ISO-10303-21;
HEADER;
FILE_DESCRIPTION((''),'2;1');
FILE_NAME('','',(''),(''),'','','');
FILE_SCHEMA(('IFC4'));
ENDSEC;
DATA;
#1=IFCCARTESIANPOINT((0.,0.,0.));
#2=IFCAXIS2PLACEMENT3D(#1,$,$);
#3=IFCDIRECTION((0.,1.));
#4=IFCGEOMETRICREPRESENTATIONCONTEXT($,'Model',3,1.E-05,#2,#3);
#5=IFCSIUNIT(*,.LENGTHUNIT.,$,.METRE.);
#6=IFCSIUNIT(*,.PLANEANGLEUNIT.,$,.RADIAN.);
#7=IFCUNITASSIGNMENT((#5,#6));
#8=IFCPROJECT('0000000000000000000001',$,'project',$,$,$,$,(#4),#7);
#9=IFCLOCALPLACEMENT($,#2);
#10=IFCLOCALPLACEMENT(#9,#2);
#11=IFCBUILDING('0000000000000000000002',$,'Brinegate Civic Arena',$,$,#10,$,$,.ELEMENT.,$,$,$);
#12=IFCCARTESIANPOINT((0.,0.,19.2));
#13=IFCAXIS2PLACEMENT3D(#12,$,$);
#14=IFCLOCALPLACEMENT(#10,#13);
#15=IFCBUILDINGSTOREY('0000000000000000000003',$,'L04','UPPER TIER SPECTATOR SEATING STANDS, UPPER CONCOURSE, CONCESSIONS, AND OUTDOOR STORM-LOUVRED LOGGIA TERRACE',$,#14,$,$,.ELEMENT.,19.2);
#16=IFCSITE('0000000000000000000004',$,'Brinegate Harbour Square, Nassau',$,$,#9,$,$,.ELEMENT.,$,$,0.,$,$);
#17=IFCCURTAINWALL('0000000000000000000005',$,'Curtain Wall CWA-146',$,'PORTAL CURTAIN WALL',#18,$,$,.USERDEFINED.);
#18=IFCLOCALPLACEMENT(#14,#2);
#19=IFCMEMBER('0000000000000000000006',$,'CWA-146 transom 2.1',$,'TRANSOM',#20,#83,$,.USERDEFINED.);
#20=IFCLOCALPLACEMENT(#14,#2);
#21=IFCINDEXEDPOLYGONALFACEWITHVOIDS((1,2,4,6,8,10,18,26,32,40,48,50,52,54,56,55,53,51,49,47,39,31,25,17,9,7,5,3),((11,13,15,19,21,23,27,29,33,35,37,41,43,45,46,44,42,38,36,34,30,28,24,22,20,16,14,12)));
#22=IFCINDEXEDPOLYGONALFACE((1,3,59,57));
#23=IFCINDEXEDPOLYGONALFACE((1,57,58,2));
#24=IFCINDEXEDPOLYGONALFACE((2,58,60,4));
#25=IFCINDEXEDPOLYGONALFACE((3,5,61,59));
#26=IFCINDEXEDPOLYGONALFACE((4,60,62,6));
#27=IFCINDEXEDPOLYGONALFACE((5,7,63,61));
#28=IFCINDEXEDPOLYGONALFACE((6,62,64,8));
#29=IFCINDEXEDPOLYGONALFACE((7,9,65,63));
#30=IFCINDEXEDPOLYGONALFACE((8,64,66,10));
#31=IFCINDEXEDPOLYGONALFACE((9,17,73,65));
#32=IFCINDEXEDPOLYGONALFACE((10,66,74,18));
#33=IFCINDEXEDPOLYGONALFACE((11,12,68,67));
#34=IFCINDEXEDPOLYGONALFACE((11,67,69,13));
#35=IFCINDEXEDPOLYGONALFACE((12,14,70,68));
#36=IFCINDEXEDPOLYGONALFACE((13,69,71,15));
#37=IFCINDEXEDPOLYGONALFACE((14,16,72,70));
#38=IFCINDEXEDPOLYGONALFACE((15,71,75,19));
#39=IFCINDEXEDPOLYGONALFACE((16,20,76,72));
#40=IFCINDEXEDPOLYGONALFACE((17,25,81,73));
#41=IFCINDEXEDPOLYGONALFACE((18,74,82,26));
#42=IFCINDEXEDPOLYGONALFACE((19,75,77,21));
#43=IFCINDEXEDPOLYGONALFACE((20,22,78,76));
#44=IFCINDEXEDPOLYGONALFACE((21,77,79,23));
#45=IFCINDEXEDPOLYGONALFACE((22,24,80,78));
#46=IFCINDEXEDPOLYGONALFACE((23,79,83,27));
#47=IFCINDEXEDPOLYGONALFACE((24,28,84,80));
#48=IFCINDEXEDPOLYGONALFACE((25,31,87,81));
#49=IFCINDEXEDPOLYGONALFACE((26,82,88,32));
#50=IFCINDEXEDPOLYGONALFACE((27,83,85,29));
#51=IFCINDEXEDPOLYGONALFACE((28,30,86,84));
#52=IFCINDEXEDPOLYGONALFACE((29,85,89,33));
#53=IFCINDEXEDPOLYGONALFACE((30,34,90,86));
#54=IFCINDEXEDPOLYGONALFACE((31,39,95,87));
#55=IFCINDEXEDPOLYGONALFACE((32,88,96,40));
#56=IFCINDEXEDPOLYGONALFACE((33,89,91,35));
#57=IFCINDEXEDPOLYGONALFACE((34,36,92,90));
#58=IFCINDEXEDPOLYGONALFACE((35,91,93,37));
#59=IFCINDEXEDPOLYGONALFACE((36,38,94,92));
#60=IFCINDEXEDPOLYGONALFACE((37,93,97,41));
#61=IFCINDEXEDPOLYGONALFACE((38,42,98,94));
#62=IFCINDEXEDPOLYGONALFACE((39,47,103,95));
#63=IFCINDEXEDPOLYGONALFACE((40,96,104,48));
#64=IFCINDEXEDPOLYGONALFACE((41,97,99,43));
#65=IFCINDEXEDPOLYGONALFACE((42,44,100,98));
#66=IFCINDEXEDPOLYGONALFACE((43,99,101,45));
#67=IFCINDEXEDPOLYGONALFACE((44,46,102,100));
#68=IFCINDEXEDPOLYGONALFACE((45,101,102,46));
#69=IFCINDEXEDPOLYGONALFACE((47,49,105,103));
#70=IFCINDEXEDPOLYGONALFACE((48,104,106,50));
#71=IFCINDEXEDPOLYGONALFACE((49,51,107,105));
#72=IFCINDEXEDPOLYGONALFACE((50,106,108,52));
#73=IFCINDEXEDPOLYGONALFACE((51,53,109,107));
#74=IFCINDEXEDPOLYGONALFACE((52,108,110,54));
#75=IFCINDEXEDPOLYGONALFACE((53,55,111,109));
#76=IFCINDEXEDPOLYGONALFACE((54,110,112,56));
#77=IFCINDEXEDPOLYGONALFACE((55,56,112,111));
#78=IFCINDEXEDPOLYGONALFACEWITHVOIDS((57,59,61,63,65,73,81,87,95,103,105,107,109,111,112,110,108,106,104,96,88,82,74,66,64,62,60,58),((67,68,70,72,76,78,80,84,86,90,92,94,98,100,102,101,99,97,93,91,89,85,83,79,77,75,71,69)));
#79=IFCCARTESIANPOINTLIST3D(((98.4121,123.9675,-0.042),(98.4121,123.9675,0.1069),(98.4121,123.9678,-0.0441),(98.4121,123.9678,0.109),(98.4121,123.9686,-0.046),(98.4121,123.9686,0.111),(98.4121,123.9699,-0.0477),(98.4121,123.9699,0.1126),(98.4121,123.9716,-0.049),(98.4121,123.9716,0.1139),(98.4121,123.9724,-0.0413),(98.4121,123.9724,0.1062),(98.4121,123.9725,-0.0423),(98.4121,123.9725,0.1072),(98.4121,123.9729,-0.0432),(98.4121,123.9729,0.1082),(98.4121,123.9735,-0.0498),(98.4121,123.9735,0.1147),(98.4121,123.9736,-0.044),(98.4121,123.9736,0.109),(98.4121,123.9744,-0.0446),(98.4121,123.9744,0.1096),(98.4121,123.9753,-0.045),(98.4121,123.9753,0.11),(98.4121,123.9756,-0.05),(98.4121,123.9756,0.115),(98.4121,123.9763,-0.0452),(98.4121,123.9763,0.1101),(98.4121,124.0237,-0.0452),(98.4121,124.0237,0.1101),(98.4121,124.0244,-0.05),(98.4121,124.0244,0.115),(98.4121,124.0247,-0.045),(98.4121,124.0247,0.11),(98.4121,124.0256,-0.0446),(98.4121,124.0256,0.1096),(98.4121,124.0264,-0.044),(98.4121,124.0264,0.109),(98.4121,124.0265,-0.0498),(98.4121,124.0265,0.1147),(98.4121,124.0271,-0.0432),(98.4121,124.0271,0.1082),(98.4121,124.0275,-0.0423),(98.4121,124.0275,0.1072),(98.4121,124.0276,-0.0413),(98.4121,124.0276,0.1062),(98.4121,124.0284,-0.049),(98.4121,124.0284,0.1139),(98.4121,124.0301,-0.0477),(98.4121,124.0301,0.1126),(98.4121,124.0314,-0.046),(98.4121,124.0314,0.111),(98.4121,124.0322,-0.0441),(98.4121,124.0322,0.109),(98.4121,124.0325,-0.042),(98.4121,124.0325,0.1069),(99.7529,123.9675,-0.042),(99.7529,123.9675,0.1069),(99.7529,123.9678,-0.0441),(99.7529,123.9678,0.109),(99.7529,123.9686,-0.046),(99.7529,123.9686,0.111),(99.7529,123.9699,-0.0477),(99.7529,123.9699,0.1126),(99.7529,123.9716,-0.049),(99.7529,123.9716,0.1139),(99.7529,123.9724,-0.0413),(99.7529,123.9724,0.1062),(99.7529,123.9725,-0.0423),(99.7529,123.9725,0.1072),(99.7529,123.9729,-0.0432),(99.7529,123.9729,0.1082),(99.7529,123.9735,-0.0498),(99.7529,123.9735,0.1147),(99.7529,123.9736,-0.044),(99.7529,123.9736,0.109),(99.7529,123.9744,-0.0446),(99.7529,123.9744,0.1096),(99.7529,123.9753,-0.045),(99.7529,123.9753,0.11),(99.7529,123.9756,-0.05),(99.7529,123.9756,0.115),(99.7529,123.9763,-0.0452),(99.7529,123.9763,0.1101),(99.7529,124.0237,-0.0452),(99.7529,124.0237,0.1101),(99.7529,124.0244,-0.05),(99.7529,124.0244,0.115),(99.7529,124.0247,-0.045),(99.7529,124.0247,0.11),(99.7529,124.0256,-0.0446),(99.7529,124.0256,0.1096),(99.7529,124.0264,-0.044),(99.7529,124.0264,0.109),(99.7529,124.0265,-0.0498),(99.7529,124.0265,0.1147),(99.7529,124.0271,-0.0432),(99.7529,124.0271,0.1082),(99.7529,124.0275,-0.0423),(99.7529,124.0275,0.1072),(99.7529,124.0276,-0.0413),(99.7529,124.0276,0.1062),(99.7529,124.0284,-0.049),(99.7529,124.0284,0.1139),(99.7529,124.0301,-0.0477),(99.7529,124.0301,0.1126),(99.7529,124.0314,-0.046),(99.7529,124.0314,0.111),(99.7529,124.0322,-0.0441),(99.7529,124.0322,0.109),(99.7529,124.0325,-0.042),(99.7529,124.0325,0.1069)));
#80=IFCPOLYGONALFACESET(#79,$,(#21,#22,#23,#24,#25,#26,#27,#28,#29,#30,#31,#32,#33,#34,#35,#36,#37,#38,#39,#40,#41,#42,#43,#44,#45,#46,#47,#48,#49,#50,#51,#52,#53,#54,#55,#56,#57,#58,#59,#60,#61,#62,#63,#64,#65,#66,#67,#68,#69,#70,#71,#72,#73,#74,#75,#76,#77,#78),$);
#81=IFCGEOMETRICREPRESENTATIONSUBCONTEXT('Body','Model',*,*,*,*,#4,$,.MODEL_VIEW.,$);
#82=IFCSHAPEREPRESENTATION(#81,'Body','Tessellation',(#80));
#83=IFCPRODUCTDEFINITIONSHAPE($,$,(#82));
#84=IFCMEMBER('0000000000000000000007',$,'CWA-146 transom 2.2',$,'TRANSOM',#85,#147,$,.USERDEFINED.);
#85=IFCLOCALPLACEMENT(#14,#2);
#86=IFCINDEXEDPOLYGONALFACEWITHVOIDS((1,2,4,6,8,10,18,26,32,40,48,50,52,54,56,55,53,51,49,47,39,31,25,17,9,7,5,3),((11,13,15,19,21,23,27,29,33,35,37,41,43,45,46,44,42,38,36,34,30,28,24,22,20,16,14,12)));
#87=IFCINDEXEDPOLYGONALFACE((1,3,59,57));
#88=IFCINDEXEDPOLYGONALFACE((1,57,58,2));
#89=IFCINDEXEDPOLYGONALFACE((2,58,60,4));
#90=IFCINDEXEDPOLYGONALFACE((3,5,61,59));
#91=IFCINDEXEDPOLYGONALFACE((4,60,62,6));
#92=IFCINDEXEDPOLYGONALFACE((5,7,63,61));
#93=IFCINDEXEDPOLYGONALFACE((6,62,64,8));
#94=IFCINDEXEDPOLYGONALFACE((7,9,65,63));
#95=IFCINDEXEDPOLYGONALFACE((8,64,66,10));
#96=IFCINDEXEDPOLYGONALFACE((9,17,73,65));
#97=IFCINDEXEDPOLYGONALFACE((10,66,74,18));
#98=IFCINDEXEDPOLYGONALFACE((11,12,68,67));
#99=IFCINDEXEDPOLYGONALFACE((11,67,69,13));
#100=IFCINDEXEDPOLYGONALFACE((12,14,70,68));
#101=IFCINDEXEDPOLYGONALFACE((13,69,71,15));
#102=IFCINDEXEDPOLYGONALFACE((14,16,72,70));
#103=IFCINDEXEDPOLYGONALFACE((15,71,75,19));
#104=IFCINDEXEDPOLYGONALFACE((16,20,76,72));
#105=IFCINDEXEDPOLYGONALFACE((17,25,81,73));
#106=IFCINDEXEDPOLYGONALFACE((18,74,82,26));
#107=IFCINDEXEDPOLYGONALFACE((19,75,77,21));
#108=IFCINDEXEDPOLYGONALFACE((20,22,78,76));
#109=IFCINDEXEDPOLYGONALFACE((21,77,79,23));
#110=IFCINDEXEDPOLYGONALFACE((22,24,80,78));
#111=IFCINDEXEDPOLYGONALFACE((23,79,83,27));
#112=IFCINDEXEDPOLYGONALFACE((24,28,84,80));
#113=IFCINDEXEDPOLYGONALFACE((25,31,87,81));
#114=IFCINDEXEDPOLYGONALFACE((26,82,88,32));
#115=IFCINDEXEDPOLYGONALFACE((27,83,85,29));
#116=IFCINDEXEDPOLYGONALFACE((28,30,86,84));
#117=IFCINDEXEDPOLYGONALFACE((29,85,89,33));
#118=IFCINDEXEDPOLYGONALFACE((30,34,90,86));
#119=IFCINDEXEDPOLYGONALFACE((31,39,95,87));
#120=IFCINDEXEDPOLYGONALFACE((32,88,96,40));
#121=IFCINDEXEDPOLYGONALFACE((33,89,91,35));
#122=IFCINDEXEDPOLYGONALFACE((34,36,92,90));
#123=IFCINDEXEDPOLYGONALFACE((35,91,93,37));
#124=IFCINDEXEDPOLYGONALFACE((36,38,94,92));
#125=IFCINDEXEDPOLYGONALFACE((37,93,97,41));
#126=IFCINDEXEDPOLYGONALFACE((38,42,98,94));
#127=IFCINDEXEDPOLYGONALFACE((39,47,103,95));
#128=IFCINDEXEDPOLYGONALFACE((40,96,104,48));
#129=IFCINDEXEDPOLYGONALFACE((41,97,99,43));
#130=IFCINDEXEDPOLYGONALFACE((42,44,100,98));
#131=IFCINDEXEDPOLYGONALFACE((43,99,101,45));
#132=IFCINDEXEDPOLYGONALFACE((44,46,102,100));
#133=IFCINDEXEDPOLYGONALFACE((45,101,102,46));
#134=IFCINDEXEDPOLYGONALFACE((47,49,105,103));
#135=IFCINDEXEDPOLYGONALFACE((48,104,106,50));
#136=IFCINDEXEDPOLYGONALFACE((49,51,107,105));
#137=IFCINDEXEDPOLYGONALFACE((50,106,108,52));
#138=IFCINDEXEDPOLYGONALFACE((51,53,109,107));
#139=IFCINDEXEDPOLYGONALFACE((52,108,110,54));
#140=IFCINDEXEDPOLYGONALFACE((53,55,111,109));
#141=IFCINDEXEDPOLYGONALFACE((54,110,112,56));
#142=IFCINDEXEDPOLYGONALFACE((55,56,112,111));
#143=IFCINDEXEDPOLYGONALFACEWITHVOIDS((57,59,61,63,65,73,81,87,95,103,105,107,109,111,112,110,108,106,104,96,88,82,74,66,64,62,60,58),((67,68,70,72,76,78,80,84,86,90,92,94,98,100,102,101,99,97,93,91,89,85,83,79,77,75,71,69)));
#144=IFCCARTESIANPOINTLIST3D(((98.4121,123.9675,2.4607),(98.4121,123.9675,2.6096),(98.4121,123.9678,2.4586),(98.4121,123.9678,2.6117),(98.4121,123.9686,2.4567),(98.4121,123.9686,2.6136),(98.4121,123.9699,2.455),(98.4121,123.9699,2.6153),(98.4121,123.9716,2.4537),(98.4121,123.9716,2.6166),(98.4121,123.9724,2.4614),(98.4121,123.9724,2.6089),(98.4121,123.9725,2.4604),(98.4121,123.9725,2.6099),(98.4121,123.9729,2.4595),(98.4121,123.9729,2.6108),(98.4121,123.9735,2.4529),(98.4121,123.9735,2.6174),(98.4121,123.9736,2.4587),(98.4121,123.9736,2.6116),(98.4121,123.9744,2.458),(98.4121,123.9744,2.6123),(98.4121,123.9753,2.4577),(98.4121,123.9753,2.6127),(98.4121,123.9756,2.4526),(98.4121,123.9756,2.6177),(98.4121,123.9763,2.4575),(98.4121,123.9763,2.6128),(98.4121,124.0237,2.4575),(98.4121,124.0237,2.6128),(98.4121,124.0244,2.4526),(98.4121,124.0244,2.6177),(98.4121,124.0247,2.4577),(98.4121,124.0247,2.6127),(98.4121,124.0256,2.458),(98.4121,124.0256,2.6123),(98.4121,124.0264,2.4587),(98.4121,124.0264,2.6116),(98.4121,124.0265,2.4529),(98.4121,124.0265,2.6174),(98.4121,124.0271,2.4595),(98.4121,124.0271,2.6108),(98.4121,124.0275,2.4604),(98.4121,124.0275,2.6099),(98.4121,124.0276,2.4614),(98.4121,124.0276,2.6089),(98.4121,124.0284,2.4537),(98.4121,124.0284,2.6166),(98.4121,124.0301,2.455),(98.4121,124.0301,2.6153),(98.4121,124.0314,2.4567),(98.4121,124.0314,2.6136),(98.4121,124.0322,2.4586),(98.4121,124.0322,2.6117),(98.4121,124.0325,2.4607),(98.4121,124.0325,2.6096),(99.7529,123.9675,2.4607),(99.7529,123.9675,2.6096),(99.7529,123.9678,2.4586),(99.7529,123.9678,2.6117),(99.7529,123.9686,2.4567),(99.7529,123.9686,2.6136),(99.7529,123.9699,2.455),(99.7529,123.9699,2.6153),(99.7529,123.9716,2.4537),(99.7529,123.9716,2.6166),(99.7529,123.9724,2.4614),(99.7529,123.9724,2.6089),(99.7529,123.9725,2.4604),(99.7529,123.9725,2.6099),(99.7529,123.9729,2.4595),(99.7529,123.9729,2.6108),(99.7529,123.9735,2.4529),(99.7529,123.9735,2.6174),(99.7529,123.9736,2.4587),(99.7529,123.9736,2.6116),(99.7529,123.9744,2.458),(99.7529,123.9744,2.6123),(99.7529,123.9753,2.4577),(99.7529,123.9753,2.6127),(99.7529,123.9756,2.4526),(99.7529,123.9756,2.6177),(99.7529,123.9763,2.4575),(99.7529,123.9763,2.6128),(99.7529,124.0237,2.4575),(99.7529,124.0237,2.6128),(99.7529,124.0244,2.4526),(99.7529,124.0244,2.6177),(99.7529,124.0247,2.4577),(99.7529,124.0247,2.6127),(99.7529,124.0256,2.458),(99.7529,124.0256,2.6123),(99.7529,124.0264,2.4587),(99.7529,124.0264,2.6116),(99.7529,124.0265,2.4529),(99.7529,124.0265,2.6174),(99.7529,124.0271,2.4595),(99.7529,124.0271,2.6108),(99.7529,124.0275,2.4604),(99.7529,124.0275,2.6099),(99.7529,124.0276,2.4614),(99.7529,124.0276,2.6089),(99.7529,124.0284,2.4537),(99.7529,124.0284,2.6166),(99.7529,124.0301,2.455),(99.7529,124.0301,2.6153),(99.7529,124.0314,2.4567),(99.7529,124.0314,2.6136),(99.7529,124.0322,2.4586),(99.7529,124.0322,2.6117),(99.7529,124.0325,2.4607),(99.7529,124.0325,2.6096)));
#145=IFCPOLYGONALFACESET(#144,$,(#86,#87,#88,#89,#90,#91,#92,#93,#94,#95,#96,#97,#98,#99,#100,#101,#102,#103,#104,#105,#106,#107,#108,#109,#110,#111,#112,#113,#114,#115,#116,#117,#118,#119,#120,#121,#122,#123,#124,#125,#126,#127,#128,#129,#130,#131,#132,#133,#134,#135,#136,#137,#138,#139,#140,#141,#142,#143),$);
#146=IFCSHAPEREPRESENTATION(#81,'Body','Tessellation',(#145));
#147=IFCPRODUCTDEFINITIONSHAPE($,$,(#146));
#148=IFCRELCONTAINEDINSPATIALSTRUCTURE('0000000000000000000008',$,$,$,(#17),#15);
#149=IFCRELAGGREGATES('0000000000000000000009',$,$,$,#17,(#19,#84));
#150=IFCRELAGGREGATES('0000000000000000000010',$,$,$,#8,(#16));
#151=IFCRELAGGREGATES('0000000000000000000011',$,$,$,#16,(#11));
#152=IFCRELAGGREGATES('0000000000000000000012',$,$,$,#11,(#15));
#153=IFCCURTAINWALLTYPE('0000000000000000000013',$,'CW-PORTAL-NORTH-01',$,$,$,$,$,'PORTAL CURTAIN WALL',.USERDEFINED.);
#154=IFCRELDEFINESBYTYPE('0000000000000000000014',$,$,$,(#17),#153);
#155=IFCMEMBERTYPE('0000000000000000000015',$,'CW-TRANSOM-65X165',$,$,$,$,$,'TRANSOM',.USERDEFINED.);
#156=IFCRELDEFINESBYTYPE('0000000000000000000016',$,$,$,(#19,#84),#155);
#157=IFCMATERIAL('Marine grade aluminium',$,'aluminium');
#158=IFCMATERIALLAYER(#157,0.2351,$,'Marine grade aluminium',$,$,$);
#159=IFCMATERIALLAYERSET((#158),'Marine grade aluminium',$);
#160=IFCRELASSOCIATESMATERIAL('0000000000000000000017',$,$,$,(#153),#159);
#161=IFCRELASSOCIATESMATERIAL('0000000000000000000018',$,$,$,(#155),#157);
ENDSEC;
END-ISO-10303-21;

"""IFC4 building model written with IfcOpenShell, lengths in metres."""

from ifc_helpers import new_model, si_unit, direction, frame, origin, origin_2d, place, context, subcontext, project, spatial, hollow_rectangle, extrude, material, layer, layer_set, material_profile, profile_set, type_object, element, aggregate, save


model = new_model("IFC4")

# Units and contexts
model_context = context("Model", 3, precision=1e-05, world=origin(), true_north=direction((0.0, 1.0)))
body_context = subcontext(model_context, "Body", "Model", "MODEL_VIEW")
ifc_project = project(units=[si_unit("LENGTHUNIT", "METRE"), si_unit("PLANEANGLEUNIT", "RADIAN")], contexts=[model_context])

# Site, building, storey
site_placement = place(None, origin())
site = spatial("IfcSite", under=ifc_project, at=site_placement, Name="Brinegate Harbour Square, Nassau", CompositionType="ELEMENT", RefElevation=0.0)
building_placement = place(site_placement, origin())
building = spatial("IfcBuilding", under=site, at=building_placement, Name="Brinegate Civic Arena", CompositionType="ELEMENT")
storey_placement = place(building_placement, frame((0.0, 0.0, 19.2)))
storey = spatial("IfcBuildingStorey", under=building, at=storey_placement, Name="L04", Description="UPPER TIER SPECTATOR SEATING STANDS, UPPER CONCOURSE, CONCESSIONS, AND OUTDOOR STORM-LOUVRED LOGGIA TERRACE", CompositionType="ELEMENT", Elevation=19.2)

# Curtain wall, members
ifc_material_1 = material(Name="Marine grade aluminium", Category="aluminium")
ifc_layer_1 = layer(ifc_material_1, 0.2351, Name="Marine grade aluminium")
ifc_layer_set_1 = layer_set([ifc_layer_1], Name="Marine grade aluminium")
curtain_wall_type = type_object("IfcCurtainWallType", Name="CW-PORTAL-NORTH-01", ElementType="PORTAL CURTAIN WALL", PredefinedType="USERDEFINED", material=ifc_layer_set_1)
curtain_wall_placement = place(storey_placement, origin())
curtain_wall = element("IfcCurtainWall", 1, at=curtain_wall_placement, inside=storey, type_object=curtain_wall_type, Name="Curtain Wall CWA-146", ObjectType="PORTAL CURTAIN WALL", PredefinedType="USERDEFINED")
ifc_material_profile_1 = material_profile(ifc_material_1, hollow_rectangle(XDim=0.0649, YDim=0.165, WallThickness=0.0049, InnerFilletRadius=0.0039, OuterFilletRadius=0.0081, at=origin_2d()), Name="TRN65X165")
ifc_profile_set_1 = profile_set([ifc_material_profile_1], Name="Marine grade aluminium")
member_type_1 = type_object("IfcMemberType", Name="CW-TRANSOM-65X165", ElementType="TRANSOM", PredefinedType="USERDEFINED", material=ifc_profile_set_1)
member_1_placement = place(storey_placement, frame((98.4121, 124.0, 0.0325), z_axis=(1.0, 0.0, 0.0), x_axis=(0.0, 1.0, 0.0)))
member_1 = element("IfcMember", 2, at=member_1_placement, type_object=member_type_1, Name="CWA-146 transom 2.1", ObjectType="TRANSOM", PredefinedType="USERDEFINED", context=body_context, shape_type="SweptSolid", body=[
    extrude(hollow_rectangle(XDim=0.0649, YDim=0.165, WallThickness=0.0049, InnerFilletRadius=0.0039, OuterFilletRadius=0.0081, at=origin_2d()), origin(), (0.0, 0.0, 1.0), 1.3408),
])
member_2_placement = place(storey_placement, frame((98.4121, 124.0, 2.5352), z_axis=(1.0, 0.0, 0.0), x_axis=(0.0, 1.0, 0.0)))
member_2 = element("IfcMember", 3, at=member_2_placement, type_object=member_type_1, Name="CWA-146 transom 2.2", ObjectType="TRANSOM", PredefinedType="USERDEFINED", context=body_context, shape_type="SweptSolid", body=[
    extrude(hollow_rectangle(XDim=0.0649, YDim=0.165, WallThickness=0.0049, InnerFilletRadius=0.0039, OuterFilletRadius=0.0081, at=origin_2d()), origin(), (0.0, 0.0, 1.0), 1.3408),
])
aggregate(curtain_wall, [member_1, member_2])

save(model, "model.ifc")
